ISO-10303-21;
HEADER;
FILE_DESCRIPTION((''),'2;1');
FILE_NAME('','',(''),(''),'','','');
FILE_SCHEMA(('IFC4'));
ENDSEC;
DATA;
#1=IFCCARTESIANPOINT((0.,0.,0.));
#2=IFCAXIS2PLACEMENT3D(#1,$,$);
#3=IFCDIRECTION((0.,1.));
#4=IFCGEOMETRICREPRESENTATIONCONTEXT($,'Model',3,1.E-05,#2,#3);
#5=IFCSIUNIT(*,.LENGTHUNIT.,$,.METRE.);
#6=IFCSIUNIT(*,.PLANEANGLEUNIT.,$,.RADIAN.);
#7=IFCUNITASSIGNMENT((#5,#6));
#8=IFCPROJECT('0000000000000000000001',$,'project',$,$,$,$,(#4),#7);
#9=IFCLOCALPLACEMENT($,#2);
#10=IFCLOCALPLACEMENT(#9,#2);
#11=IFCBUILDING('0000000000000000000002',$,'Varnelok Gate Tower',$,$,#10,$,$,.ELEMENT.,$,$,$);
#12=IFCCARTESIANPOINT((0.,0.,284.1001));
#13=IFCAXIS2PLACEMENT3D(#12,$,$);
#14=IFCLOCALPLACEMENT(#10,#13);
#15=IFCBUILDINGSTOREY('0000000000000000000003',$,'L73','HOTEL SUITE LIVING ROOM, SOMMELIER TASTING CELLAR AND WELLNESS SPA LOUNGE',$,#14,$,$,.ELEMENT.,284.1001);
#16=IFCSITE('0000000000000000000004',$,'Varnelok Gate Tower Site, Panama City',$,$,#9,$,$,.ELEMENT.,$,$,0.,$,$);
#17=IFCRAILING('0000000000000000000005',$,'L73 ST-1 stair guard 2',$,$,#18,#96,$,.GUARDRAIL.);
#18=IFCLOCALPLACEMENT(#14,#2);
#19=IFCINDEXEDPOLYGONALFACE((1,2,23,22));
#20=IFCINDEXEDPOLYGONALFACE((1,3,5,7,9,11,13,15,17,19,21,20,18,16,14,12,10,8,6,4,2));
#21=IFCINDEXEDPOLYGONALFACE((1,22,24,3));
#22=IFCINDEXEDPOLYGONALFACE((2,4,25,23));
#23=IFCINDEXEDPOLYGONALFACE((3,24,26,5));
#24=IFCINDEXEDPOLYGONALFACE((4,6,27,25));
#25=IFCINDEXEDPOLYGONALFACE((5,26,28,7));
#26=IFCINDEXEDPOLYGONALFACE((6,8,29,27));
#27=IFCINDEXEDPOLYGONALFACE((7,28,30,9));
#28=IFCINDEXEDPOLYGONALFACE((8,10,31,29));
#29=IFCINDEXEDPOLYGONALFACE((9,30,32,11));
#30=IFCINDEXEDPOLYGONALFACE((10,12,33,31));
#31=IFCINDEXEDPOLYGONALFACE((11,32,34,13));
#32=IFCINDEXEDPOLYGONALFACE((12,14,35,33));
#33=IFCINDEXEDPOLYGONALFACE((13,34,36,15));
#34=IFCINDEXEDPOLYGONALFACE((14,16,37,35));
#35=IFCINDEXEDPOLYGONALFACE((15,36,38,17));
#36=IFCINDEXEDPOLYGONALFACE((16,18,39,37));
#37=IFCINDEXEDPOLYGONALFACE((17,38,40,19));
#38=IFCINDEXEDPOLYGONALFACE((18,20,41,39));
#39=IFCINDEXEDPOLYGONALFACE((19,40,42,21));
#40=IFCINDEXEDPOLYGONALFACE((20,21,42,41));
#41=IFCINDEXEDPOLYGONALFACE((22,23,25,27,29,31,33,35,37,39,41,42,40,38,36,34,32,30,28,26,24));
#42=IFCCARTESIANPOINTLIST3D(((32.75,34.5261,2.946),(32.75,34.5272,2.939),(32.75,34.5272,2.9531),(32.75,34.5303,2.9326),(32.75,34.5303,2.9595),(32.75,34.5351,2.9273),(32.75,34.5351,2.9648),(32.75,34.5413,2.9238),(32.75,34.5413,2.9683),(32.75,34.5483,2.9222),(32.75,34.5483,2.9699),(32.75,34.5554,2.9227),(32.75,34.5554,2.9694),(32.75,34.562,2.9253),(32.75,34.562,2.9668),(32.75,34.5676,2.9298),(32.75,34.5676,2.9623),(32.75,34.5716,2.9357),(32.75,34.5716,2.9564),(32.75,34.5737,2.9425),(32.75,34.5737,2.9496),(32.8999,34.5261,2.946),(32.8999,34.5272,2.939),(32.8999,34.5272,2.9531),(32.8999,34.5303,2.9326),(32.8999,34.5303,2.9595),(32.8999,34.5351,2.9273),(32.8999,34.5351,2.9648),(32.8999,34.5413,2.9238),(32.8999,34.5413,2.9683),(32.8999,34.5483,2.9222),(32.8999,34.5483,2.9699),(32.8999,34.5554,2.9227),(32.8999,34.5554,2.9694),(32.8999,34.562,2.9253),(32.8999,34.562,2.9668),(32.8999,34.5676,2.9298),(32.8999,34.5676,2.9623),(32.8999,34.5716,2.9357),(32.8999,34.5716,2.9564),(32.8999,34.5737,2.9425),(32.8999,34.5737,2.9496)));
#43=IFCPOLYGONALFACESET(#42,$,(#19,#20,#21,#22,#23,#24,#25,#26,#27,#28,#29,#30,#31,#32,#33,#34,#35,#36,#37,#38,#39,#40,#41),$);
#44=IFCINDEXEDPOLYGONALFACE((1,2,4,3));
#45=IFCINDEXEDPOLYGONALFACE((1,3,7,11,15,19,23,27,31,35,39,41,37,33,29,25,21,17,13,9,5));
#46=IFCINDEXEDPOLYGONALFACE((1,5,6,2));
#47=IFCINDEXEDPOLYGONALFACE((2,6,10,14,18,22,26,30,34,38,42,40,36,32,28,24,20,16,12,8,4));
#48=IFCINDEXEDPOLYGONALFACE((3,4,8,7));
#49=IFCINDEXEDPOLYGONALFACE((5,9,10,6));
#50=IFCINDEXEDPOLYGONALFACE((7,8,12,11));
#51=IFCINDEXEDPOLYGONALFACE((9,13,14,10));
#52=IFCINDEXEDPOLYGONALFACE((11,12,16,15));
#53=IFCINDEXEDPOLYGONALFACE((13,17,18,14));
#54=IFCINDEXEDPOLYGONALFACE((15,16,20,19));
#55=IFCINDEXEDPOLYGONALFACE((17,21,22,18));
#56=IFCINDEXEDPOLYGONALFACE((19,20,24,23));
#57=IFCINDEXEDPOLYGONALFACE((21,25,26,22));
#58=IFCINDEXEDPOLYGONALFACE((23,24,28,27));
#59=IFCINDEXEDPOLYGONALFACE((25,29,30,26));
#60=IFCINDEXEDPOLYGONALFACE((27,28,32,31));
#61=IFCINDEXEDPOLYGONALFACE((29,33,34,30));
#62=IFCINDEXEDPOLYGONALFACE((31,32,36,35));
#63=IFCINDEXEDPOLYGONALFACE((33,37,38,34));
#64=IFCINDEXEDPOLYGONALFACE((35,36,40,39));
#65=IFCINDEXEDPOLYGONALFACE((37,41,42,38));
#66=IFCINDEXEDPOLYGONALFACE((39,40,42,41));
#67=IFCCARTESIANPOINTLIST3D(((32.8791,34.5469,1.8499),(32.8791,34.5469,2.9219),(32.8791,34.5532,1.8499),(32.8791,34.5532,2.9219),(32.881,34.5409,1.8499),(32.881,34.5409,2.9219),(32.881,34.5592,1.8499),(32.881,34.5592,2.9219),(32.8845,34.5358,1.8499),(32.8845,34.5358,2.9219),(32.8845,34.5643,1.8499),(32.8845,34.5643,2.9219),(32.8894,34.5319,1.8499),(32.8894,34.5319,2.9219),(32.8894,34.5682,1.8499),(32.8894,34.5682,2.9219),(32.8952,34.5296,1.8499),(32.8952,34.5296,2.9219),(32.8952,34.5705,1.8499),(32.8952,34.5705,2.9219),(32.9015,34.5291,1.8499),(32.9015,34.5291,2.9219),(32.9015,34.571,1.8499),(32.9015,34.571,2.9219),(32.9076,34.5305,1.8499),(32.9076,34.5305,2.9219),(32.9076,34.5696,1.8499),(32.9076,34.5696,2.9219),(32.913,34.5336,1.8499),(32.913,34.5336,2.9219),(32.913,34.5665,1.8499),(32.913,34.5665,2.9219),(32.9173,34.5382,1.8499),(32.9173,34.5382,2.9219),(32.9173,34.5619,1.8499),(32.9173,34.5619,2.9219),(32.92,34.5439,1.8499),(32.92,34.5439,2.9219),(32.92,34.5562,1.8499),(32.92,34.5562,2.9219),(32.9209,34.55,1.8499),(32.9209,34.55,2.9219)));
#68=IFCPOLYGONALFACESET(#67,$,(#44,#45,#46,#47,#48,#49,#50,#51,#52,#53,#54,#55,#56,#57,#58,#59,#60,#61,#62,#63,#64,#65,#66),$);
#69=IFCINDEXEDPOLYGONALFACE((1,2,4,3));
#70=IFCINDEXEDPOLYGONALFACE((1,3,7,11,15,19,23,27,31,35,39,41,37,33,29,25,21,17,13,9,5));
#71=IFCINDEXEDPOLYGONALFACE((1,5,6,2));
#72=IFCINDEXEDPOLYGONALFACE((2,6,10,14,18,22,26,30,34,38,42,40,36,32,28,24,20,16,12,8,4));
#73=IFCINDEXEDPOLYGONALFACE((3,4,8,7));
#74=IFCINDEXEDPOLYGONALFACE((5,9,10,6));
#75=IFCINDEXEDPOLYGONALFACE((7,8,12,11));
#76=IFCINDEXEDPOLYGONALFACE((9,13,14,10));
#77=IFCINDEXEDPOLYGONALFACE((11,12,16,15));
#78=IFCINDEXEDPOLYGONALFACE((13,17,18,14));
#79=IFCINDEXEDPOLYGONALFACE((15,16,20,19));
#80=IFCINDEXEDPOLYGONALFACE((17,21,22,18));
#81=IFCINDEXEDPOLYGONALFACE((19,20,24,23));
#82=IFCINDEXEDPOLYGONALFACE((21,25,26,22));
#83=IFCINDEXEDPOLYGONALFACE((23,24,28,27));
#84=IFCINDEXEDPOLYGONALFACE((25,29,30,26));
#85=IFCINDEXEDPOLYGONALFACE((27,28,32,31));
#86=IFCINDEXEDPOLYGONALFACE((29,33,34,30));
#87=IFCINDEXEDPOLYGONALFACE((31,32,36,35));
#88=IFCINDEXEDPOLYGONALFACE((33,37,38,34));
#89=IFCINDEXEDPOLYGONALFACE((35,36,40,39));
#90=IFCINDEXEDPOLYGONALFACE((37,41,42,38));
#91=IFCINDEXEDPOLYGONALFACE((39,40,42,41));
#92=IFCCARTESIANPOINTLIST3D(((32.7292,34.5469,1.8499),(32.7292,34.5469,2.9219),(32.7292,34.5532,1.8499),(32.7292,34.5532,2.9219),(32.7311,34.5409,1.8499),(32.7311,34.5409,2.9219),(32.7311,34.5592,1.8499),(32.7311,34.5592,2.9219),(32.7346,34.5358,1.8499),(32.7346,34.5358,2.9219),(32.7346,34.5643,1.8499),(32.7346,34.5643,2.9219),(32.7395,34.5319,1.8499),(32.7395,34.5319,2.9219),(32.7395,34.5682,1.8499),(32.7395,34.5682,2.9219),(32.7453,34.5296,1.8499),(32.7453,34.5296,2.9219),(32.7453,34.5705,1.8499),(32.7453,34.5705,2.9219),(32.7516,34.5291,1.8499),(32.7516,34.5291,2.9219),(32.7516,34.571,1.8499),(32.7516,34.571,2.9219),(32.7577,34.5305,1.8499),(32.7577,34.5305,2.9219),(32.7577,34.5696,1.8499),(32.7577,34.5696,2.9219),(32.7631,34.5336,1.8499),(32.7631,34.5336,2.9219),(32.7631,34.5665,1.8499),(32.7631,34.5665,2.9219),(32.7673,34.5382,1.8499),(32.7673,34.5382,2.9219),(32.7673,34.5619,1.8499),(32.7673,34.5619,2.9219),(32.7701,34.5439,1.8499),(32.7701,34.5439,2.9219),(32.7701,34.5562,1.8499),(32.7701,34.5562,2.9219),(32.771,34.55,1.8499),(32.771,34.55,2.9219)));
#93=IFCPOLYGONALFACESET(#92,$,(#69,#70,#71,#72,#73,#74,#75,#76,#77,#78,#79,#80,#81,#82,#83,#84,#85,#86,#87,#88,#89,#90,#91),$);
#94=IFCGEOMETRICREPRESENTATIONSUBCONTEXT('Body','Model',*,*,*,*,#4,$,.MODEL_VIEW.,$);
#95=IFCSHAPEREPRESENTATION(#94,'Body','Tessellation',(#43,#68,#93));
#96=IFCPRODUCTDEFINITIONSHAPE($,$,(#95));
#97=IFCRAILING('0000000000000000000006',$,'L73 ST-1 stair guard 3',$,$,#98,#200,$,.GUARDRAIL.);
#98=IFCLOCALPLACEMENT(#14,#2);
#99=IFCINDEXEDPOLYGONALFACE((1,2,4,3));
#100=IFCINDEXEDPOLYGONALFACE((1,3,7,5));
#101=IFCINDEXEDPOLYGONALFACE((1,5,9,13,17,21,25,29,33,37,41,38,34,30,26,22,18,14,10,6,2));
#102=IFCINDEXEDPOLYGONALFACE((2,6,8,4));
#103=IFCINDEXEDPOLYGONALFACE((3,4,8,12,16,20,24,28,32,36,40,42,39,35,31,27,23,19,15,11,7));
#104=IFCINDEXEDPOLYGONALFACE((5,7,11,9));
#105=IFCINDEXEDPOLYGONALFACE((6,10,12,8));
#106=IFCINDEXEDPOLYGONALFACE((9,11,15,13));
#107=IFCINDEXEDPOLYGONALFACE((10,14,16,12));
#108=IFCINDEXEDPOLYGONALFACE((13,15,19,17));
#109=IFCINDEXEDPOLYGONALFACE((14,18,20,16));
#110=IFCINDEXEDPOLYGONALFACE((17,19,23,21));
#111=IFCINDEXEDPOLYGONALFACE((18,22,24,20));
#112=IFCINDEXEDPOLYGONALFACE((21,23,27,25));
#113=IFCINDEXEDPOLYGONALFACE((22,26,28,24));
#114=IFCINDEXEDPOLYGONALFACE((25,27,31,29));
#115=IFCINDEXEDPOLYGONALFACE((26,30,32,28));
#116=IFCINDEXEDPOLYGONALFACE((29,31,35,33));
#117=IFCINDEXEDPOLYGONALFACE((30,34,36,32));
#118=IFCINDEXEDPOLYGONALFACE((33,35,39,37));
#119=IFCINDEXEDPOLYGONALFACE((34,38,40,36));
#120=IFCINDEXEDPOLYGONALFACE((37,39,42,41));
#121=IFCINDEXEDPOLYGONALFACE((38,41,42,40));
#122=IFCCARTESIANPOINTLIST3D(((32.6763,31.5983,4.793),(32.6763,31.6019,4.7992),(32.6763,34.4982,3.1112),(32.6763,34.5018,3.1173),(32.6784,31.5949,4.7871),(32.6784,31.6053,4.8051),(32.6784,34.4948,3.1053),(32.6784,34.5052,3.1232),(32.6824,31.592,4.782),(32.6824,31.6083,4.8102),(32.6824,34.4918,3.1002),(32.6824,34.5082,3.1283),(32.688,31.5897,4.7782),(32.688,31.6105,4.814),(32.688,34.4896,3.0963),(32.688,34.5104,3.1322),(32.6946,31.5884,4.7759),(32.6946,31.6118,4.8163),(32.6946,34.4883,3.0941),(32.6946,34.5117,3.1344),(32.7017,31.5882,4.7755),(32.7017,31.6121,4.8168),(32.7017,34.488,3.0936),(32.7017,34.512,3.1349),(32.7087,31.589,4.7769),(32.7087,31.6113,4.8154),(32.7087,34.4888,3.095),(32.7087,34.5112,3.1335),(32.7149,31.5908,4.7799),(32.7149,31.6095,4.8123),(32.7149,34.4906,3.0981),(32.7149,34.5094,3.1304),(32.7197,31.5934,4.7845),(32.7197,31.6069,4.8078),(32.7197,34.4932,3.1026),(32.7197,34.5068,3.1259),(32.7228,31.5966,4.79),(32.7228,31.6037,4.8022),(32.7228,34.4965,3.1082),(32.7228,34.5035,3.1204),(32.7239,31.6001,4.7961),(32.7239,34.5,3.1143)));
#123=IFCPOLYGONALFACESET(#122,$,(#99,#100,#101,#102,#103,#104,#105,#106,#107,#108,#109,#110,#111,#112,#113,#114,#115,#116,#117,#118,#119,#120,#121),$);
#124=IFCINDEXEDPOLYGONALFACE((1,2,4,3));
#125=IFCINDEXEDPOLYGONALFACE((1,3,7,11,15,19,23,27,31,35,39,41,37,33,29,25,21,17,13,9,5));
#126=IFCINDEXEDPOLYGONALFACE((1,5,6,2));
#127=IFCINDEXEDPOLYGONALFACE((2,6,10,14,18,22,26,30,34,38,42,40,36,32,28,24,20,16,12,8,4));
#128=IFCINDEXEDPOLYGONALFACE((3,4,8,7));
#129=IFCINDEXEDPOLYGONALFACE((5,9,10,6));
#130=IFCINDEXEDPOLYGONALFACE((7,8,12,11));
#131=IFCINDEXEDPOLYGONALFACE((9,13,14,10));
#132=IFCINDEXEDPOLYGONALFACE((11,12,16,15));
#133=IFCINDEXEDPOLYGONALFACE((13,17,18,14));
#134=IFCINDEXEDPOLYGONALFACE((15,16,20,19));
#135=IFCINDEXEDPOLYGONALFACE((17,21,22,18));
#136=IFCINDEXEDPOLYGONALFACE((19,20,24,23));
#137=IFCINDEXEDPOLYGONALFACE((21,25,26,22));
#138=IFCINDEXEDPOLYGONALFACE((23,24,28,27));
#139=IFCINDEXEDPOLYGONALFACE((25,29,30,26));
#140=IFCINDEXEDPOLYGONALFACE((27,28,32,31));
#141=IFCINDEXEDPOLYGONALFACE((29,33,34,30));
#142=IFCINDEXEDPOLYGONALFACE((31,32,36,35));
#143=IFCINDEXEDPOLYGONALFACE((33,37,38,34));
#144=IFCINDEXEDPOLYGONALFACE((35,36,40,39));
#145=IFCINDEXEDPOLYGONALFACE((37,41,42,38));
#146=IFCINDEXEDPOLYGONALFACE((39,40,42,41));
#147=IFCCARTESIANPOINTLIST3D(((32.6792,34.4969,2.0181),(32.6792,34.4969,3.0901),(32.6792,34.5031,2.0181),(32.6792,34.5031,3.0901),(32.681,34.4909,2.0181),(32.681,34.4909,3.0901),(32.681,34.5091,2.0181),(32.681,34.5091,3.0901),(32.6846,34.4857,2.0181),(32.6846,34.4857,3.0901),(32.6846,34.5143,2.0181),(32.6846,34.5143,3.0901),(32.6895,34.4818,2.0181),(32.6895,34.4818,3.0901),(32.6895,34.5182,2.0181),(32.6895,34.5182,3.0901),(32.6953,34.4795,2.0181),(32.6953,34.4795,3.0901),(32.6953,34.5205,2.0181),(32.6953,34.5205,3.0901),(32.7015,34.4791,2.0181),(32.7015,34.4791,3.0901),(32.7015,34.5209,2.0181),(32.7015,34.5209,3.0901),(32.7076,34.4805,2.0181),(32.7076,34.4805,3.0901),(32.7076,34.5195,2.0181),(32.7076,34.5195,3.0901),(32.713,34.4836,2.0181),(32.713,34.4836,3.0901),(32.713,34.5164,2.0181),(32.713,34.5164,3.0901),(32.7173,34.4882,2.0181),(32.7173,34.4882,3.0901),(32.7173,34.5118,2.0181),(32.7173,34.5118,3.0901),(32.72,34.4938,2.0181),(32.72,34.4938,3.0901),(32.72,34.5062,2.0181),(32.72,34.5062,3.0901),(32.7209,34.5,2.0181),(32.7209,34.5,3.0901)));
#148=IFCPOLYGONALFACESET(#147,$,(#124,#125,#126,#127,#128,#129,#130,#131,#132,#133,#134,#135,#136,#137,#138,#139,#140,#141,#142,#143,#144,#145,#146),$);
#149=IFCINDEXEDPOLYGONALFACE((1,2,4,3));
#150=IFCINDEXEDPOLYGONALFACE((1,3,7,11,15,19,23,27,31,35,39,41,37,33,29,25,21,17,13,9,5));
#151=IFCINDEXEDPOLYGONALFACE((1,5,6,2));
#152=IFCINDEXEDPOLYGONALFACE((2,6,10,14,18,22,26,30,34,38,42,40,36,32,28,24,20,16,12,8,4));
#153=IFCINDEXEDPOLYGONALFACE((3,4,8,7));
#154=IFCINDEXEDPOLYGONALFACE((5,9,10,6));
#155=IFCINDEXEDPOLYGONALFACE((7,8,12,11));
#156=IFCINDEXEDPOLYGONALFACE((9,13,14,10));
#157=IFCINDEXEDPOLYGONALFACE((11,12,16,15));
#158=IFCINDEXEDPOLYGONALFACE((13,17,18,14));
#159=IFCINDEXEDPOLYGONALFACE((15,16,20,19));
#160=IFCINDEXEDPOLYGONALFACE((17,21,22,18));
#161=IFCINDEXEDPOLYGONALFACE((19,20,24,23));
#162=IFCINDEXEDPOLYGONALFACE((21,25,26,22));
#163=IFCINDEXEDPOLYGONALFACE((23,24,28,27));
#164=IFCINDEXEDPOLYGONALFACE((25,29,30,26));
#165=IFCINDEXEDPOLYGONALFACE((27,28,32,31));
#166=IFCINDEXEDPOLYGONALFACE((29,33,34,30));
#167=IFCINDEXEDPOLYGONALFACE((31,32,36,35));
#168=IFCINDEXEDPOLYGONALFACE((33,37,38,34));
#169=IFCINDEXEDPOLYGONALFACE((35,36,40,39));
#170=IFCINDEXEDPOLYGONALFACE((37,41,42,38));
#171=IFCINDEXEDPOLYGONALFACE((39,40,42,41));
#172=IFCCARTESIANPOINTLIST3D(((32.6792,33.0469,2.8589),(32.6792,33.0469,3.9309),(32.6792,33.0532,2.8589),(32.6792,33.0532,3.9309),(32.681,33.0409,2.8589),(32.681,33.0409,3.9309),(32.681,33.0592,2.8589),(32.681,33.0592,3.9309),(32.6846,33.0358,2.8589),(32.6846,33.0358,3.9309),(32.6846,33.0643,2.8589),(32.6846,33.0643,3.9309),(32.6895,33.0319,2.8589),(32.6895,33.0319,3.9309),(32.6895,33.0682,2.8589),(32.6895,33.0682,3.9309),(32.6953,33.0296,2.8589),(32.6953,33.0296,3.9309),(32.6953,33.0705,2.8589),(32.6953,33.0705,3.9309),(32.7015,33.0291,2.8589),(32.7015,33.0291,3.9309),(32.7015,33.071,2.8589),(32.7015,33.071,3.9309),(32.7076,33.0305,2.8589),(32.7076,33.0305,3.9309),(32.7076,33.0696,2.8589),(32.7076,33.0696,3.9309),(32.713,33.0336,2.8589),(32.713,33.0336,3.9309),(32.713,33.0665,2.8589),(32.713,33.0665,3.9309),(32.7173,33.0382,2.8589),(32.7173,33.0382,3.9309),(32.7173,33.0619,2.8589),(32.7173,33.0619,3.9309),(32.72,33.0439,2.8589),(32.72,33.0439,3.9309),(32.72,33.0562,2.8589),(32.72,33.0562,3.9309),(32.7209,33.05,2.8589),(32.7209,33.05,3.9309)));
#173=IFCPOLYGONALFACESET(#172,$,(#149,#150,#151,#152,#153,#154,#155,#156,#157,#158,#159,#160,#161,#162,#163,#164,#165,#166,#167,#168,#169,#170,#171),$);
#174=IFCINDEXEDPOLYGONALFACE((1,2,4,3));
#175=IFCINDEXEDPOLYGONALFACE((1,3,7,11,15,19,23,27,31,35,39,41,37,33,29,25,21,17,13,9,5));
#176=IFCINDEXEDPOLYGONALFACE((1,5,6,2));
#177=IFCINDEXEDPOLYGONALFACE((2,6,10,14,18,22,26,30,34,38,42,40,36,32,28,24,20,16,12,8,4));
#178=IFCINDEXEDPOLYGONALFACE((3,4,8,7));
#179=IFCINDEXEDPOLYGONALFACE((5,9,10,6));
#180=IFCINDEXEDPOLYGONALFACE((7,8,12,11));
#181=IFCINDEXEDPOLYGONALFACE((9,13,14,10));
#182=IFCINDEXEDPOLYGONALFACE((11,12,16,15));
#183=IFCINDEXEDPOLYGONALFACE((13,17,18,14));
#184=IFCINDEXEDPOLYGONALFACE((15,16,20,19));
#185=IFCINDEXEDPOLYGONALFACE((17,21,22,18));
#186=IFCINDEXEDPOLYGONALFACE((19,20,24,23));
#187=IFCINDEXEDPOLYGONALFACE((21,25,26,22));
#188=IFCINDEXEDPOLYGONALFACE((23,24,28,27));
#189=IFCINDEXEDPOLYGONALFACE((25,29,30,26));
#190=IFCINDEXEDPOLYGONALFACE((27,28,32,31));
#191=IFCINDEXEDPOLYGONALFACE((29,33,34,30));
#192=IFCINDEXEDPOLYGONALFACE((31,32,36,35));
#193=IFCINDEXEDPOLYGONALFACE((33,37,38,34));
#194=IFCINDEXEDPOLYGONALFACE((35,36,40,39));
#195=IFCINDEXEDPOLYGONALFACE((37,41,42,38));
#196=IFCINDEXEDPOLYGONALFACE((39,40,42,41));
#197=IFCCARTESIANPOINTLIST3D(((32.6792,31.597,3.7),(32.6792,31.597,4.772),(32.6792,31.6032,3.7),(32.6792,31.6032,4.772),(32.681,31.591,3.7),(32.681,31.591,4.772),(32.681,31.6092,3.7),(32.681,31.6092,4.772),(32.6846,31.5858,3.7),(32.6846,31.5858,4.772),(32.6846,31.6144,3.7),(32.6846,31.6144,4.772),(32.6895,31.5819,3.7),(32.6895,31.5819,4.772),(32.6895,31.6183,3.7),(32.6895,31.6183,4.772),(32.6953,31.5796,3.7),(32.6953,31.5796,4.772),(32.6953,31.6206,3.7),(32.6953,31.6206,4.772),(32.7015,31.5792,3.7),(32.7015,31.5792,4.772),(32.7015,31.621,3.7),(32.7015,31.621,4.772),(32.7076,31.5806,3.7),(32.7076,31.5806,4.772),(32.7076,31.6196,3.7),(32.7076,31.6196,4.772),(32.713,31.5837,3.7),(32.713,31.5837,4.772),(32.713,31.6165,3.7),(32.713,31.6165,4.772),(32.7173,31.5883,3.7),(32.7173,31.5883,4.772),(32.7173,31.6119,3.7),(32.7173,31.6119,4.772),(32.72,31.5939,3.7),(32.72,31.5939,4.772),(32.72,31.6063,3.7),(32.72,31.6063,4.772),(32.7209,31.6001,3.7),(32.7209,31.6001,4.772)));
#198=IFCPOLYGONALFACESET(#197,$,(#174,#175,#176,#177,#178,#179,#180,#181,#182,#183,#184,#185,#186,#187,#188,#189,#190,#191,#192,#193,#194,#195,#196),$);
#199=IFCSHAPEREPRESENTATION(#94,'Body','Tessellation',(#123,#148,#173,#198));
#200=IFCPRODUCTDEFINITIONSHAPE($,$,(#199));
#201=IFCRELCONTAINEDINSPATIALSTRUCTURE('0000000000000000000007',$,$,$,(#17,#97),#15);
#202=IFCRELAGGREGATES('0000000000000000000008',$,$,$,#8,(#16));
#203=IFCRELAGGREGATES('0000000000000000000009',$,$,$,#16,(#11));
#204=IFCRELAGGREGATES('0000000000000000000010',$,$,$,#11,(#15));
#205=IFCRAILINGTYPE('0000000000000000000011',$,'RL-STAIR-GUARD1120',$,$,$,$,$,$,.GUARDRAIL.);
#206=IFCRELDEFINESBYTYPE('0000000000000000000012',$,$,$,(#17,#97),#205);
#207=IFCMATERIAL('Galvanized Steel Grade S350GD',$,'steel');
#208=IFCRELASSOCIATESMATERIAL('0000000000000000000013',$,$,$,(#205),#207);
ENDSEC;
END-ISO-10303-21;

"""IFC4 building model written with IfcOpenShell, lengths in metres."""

from ifc_helpers import new_model, si_unit, direction, frame, origin, origin_2d, place, context, subcontext, project, spatial, circle, extrude, material, type_object, element, save


model = new_model("IFC4")

# Units and contexts
model_context = context("Model", 3, precision=1e-05, world=origin(), true_north=direction((0.0, 1.0)))
body_context = subcontext(model_context, "Body", "Model", "MODEL_VIEW")
ifc_project = project(units=[si_unit("LENGTHUNIT", "METRE"), si_unit("PLANEANGLEUNIT", "RADIAN")], contexts=[model_context])

# Site, building, storey
site_placement = place(None, origin())
site = spatial("IfcSite", under=ifc_project, at=site_placement, Name="Varnelok Gate Tower Site, Panama City", CompositionType="ELEMENT", RefElevation=0.0)
building_placement = place(site_placement, origin())
building = spatial("IfcBuilding", under=site, at=building_placement, Name="Varnelok Gate Tower", CompositionType="ELEMENT")
storey_placement = place(building_placement, frame((0.0, 0.0, 284.1001)))
storey = spatial("IfcBuildingStorey", under=building, at=storey_placement, Name="L73", Description="HOTEL SUITE LIVING ROOM, SOMMELIER TASTING CELLAR AND WELLNESS SPA LOUNGE", CompositionType="ELEMENT", Elevation=284.1001)

# Railings
ifc_material_1 = material(Name="Galvanized Steel Grade S350GD", Category="steel")
railing_type_1 = type_object("IfcRailingType", Name="RL-STAIR-GUARD1120", PredefinedType="GUARDRAIL", material=ifc_material_1)
railing_1_placement = place(storey_placement, frame((32.8999, 34.55, 1.8499)))
element("IfcRailing", 1, at=railing_1_placement, inside=storey, type_object=railing_type_1, Name="L73 ST-1 stair guard 2", PredefinedType="GUARDRAIL", context=body_context, shape_type="SweptSolid", body=[
    extrude(circle(Radius=0.0239, at=origin_2d()), frame((0.0, 0.0, 1.0962), z_axis=(-1.0, 0.0, 0.0), x_axis=(0.0, -1.0, 0.0)), (0.0, 0.0, 1.0), 0.1499),
    extrude(circle(Radius=0.021, at=origin_2d()), origin(), (0.0, 0.0, 1.0), 1.072),
    extrude(circle(Radius=0.021, at=origin_2d()), frame((-0.1499, 0.0, 0.0)), (0.0, 0.0, 1.0), 1.072),
])
railing_2_placement = place(storey_placement, frame((32.7, 34.5, 2.0181)))
element("IfcRailing", 2, at=railing_2_placement, inside=storey, type_object=railing_type_1, Name="L73 ST-1 stair guard 3", PredefinedType="GUARDRAIL", context=body_context, shape_type="SweptSolid", body=[
    extrude(circle(Radius=0.0239, at=origin_2d()), frame((0.0, 0.0, 1.0962), z_axis=(0.0, -0.865039, 0.501705), x_axis=(1.0, 0.0, 0.0)), (0.0, 0.0, 1.0), 3.3523),
    extrude(circle(Radius=0.021, at=origin_2d()), origin(), (0.0, 0.0, 1.0), 1.072),
    extrude(circle(Radius=0.021, at=origin_2d()), frame((0.0, -1.45, 0.8408)), (0.0, 0.0, 1.0), 1.072),
    extrude(circle(Radius=0.021, at=origin_2d()), frame((0.0, -2.8999, 1.6819)), (0.0, 0.0, 1.0), 1.072),
])

save(model, "model.ifc")
